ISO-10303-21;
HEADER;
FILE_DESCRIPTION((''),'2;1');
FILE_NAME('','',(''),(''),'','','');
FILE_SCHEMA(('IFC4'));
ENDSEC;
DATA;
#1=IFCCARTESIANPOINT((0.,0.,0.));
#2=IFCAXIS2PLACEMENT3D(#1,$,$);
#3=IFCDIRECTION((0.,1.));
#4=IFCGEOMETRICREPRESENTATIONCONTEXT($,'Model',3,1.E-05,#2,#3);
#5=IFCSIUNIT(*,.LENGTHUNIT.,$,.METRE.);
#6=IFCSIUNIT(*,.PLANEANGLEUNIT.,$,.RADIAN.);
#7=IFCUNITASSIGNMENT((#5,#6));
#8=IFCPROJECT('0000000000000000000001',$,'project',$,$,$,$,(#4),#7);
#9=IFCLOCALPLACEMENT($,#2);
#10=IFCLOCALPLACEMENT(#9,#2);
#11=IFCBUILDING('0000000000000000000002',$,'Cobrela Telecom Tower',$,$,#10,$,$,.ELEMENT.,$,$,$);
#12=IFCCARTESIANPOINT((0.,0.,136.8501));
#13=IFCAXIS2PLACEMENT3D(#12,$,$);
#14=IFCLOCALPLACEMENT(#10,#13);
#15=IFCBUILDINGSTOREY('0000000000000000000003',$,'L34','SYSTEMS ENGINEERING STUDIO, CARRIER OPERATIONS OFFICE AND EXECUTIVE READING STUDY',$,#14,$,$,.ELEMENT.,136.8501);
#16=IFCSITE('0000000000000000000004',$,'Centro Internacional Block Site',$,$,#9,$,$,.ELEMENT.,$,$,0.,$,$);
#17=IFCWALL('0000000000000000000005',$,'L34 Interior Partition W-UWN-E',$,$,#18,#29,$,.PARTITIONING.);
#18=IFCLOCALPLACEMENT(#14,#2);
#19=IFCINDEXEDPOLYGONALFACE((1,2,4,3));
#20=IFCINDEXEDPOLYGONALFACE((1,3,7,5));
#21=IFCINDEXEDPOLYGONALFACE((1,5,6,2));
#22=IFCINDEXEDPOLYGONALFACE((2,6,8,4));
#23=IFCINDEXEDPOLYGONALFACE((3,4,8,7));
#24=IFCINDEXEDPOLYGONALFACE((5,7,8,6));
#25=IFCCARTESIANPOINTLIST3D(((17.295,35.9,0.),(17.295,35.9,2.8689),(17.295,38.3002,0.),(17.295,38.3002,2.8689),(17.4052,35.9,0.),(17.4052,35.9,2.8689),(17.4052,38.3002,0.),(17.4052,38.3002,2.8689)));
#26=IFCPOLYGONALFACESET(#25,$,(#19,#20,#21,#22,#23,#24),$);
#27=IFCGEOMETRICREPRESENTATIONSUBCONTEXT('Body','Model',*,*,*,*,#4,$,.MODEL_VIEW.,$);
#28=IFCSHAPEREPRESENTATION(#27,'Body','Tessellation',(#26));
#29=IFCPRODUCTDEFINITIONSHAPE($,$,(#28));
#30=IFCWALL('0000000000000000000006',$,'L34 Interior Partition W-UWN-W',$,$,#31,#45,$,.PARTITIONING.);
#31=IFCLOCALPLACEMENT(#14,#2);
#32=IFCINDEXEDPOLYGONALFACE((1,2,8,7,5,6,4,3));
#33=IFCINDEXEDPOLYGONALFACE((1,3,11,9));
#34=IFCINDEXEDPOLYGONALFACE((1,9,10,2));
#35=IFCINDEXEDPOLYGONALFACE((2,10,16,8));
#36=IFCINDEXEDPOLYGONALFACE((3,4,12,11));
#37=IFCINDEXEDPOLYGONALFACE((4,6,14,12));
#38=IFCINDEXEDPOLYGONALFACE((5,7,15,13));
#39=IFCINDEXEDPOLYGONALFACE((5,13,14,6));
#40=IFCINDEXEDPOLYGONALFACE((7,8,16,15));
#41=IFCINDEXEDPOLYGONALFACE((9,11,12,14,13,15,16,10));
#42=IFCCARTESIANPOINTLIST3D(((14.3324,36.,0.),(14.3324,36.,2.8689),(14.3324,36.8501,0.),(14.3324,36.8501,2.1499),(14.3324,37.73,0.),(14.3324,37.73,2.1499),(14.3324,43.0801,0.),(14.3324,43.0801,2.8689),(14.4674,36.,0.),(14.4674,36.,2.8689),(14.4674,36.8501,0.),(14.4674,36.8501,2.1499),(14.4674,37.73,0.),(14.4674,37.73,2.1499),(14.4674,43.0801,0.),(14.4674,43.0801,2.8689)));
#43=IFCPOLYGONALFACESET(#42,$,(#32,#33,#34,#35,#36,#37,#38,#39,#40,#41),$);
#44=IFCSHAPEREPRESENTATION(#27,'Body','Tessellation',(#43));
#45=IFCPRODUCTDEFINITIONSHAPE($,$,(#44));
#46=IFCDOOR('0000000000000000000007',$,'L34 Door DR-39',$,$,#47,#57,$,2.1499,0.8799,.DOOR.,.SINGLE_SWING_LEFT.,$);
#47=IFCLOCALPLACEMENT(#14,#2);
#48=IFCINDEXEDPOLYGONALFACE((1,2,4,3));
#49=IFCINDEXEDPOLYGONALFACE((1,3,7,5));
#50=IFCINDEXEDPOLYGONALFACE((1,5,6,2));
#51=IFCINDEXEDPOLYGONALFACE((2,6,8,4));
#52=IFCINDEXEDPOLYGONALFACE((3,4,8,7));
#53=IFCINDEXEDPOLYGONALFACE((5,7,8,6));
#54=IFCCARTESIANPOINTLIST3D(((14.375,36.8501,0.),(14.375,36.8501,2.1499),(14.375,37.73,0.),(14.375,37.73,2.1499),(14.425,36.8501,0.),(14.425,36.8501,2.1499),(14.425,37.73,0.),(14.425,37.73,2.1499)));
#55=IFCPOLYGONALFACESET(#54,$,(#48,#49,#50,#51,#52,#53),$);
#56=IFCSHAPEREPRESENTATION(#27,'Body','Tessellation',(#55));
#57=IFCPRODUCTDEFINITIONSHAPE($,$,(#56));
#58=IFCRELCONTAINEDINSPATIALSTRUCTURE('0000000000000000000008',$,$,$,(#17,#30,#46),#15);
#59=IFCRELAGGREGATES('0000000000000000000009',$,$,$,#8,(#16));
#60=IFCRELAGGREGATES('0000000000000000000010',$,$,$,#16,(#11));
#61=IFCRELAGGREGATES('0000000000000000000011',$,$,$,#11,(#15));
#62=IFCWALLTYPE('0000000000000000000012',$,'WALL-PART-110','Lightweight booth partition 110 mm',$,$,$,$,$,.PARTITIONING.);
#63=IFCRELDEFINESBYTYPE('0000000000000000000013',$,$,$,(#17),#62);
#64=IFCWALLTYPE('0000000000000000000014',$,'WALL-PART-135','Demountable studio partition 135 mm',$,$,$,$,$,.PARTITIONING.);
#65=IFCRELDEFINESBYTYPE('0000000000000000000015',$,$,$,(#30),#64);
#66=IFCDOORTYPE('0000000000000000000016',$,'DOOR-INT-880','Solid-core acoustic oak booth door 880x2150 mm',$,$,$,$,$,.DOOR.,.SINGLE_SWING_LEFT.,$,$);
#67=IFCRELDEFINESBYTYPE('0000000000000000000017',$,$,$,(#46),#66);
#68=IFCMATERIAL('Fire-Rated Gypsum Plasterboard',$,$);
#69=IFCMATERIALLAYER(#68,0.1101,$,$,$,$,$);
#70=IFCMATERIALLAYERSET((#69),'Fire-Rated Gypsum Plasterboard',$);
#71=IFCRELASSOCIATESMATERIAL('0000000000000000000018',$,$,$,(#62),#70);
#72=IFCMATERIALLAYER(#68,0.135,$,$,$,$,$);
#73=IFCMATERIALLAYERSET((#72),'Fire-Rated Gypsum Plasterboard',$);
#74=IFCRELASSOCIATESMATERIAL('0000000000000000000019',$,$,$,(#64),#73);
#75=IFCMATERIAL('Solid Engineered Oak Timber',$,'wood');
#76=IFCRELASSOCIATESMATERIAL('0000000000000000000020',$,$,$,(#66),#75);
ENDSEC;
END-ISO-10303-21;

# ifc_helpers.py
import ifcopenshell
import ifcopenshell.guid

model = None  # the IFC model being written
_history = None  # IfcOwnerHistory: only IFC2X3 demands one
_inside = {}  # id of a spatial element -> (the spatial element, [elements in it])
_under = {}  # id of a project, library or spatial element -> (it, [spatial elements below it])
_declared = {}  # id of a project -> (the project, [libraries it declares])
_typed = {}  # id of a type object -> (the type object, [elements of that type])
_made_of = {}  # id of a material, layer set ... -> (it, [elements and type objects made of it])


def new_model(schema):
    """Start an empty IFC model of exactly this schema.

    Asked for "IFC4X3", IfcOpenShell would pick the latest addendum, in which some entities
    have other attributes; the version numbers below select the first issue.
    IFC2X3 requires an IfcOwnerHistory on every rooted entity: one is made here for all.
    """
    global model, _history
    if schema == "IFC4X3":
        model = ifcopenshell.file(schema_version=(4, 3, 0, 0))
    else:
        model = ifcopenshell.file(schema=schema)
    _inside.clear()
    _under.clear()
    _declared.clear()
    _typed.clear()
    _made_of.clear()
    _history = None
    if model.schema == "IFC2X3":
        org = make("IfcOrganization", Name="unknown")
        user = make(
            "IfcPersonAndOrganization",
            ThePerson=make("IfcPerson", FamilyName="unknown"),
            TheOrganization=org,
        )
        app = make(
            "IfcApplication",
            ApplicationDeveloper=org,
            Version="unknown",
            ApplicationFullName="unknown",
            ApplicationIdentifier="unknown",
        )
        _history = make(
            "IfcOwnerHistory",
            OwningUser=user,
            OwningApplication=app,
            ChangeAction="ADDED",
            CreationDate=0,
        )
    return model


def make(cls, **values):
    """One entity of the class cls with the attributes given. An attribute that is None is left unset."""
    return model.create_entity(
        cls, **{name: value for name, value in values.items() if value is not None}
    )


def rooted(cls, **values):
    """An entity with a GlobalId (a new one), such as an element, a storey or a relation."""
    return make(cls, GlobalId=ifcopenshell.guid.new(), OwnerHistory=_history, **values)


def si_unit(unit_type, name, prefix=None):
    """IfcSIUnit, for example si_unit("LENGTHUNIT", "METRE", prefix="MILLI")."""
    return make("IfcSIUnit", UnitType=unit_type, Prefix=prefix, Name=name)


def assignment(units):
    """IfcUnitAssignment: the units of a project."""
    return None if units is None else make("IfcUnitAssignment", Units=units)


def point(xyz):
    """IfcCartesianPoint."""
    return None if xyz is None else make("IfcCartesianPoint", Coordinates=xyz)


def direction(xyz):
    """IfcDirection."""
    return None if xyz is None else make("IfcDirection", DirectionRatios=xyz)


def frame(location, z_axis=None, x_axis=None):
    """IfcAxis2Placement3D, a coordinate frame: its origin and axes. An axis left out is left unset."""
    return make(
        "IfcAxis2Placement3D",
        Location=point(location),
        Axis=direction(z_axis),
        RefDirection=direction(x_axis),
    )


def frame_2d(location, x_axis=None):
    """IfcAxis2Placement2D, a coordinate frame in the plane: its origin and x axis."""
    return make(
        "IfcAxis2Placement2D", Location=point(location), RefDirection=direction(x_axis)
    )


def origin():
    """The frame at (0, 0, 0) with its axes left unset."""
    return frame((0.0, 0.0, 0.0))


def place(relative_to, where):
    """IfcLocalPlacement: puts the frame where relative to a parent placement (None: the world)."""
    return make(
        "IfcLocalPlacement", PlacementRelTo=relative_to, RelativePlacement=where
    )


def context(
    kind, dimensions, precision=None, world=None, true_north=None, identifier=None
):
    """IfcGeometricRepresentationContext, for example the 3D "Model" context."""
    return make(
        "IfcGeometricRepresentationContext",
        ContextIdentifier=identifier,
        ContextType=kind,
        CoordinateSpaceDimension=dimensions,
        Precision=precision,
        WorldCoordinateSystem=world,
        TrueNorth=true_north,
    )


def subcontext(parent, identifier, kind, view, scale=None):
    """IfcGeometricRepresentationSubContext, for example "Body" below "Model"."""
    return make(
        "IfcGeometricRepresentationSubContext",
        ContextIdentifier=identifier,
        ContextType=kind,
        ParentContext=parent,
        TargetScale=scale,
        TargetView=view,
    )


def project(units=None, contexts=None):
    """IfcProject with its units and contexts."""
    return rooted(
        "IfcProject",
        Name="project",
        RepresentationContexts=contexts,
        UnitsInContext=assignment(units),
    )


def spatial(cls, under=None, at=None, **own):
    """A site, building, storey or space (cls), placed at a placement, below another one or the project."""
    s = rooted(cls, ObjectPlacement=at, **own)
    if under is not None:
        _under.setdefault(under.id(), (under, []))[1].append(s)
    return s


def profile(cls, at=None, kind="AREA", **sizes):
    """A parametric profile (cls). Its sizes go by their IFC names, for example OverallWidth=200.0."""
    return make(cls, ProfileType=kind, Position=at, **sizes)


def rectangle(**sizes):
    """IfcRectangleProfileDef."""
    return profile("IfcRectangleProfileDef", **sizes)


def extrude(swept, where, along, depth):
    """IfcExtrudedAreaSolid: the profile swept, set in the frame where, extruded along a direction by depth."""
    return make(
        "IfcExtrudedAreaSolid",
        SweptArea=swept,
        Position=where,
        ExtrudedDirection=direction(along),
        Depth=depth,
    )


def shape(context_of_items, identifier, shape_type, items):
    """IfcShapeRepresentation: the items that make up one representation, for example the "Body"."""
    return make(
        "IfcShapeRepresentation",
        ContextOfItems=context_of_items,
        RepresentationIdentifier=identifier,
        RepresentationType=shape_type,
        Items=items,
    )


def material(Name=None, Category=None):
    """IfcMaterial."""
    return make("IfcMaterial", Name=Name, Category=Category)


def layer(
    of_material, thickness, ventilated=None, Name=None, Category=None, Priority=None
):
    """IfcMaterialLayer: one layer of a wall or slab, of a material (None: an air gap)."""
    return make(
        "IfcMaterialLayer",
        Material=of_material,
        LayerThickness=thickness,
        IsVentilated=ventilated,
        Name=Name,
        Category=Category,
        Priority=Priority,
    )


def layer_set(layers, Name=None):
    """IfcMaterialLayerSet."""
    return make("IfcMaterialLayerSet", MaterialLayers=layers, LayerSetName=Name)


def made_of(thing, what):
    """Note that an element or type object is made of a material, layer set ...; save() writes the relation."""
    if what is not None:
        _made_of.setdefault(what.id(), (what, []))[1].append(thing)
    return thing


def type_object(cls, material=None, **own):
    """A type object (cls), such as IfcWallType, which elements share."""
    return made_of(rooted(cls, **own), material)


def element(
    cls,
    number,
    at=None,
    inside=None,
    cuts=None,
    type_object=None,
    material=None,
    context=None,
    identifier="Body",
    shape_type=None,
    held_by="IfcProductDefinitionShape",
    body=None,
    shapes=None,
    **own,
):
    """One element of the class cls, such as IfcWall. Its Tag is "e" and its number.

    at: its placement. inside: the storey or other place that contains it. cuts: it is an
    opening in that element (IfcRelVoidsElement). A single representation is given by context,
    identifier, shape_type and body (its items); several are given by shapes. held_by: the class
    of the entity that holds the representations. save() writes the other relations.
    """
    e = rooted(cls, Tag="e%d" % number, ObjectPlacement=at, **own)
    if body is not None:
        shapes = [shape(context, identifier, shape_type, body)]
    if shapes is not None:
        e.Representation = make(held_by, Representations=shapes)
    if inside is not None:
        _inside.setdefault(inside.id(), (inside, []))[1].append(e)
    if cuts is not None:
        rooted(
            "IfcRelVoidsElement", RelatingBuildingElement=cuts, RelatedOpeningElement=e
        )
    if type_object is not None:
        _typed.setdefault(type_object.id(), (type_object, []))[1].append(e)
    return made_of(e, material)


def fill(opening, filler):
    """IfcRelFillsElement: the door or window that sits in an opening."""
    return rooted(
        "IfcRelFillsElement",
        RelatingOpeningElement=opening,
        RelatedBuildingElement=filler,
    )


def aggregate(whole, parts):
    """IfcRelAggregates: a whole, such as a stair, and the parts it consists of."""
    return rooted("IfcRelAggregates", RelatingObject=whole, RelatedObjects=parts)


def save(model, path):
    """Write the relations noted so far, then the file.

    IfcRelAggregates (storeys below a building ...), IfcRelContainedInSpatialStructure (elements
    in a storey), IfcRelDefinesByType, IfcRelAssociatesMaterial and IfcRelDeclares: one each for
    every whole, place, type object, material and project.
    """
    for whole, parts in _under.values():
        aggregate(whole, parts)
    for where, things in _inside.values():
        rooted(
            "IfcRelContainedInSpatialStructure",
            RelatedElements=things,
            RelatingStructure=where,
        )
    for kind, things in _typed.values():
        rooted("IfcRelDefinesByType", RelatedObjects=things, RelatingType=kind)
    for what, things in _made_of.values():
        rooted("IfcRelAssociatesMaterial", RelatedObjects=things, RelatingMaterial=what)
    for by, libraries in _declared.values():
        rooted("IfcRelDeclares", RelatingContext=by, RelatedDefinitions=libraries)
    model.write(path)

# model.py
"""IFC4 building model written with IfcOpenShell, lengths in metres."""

from ifc_helpers import new_model, si_unit, direction, frame, frame_2d, origin, place, context, subcontext, project, spatial, rectangle, extrude, material, layer, layer_set, type_object, element, fill, save


model = new_model("IFC4")

# Units and contexts
model_context = context("Model", 3, precision=1e-05, world=origin(), true_north=direction((0.0, 1.0)))
body_context = subcontext(model_context, "Body", "Model", "MODEL_VIEW")
ifc_project = project(units=[si_unit("LENGTHUNIT", "METRE"), si_unit("PLANEANGLEUNIT", "RADIAN")], contexts=[model_context])

# Site, building, storey
site_placement = place(None, origin())
site = spatial("IfcSite", under=ifc_project, at=site_placement, Name="Centro Internacional Block Site", CompositionType="ELEMENT", RefElevation=0.0)
building_placement = place(site_placement, origin())
building = spatial("IfcBuilding", under=site, at=building_placement, Name="Cobrela Telecom Tower", CompositionType="ELEMENT")
storey_placement = place(building_placement, frame((0.0, 0.0, 136.8501)))
storey = spatial("IfcBuildingStorey", under=building, at=storey_placement, Name="L34", Description="SYSTEMS ENGINEERING STUDIO, CARRIER OPERATIONS OFFICE AND EXECUTIVE READING STUDY", CompositionType="ELEMENT", Elevation=136.8501)

# Wall
ifc_material_1 = material(Name="Fire-Rated Gypsum Plasterboard")
ifc_layer_1 = layer(ifc_material_1, 0.1101)
ifc_layer_set_1 = layer_set([ifc_layer_1], Name="Fire-Rated Gypsum Plasterboard")
wall_type_1 = type_object("IfcWallType", Name="WALL-PART-110", Description="Lightweight booth partition 110 mm", PredefinedType="PARTITIONING", material=ifc_layer_set_1)
wall_1_placement = place(storey_placement, frame((17.3501, 35.8999, 0.0), z_axis=(0.0, 0.0, 1.0), x_axis=(0.0, 1.0, 0.0)))
element("IfcWall", 1, at=wall_1_placement, inside=storey, type_object=wall_type_1, Name="L34 Interior Partition W-UWN-E", PredefinedType="PARTITIONING", context=body_context, shape_type="SweptSolid", body=[
    extrude(rectangle(XDim=2.4001, YDim=0.1101, at=frame_2d((1.2002, 0.0))), origin(), (0.0, 0.0, 1.0), 2.8689),
])

# Wall, opening, door
ifc_layer_2 = layer(ifc_material_1, 0.135)
ifc_layer_set_2 = layer_set([ifc_layer_2], Name="Fire-Rated Gypsum Plasterboard")
wall_type_2 = type_object("IfcWallType", Name="WALL-PART-135", Description="Demountable studio partition 135 mm", PredefinedType="PARTITIONING", material=ifc_layer_set_2)
wall_2_placement = place(storey_placement, frame((14.3999, 36.0, 0.0), z_axis=(0.0, 0.0, 1.0), x_axis=(0.0, 1.0, 0.0)))
wall_2 = element("IfcWall", 2, at=wall_2_placement, inside=storey, type_object=wall_type_2, Name="L34 Interior Partition W-UWN-W", PredefinedType="PARTITIONING", context=body_context, shape_type="SweptSolid", body=[
    extrude(rectangle(XDim=7.0801, YDim=0.135, at=frame_2d((3.54, 0.0))), origin(), (0.0, 0.0, 1.0), 2.8689),
])
opening_1_placement = place(wall_2_placement, frame((0.8501, 0.0, 0.0)))
opening_1 = element("IfcOpeningElement", 3, at=opening_1_placement, cuts=wall_2, PredefinedType="OPENING", context=body_context, shape_type="SweptSolid", body=[
    extrude(rectangle(XDim=0.8799, YDim=2.1499, at=frame_2d((0.4399, 1.075))), frame((0.0, 0.0796, 0.0), z_axis=(0.0, -1.0, 0.0), x_axis=(1.0, 0.0, 0.0)), (0.0, 0.0, 1.0), 0.1589),
])
ifc_material_2 = material(Name="Solid Engineered Oak Timber", Category="wood")
door_type = type_object("IfcDoorType", Name="DOOR-INT-880", Description="Solid-core acoustic oak booth door 880x2150 mm", OperationType="SINGLE_SWING_LEFT", PredefinedType="DOOR", material=ifc_material_2)
door_1_placement = place(opening_1_placement, origin())
door_1 = element("IfcDoor", 4, at=door_1_placement, inside=storey, type_object=door_type, Name="L34 Door DR-39", OperationType="SINGLE_SWING_LEFT", OverallHeight=2.1499, OverallWidth=0.8799, PredefinedType="DOOR", context=body_context, shape_type="SweptSolid", body=[
    extrude(rectangle(XDim=0.8799, YDim=2.1499, at=frame_2d((0.4399, 1.075))), frame((0.0, 0.0249, 0.0), z_axis=(0.0, -1.0, 0.0), x_axis=(1.0, 0.0, 0.0)), (0.0, 0.0, 1.0), 0.05),
])
fill(opening_1, door_1)

save(model, "model.ifc")
